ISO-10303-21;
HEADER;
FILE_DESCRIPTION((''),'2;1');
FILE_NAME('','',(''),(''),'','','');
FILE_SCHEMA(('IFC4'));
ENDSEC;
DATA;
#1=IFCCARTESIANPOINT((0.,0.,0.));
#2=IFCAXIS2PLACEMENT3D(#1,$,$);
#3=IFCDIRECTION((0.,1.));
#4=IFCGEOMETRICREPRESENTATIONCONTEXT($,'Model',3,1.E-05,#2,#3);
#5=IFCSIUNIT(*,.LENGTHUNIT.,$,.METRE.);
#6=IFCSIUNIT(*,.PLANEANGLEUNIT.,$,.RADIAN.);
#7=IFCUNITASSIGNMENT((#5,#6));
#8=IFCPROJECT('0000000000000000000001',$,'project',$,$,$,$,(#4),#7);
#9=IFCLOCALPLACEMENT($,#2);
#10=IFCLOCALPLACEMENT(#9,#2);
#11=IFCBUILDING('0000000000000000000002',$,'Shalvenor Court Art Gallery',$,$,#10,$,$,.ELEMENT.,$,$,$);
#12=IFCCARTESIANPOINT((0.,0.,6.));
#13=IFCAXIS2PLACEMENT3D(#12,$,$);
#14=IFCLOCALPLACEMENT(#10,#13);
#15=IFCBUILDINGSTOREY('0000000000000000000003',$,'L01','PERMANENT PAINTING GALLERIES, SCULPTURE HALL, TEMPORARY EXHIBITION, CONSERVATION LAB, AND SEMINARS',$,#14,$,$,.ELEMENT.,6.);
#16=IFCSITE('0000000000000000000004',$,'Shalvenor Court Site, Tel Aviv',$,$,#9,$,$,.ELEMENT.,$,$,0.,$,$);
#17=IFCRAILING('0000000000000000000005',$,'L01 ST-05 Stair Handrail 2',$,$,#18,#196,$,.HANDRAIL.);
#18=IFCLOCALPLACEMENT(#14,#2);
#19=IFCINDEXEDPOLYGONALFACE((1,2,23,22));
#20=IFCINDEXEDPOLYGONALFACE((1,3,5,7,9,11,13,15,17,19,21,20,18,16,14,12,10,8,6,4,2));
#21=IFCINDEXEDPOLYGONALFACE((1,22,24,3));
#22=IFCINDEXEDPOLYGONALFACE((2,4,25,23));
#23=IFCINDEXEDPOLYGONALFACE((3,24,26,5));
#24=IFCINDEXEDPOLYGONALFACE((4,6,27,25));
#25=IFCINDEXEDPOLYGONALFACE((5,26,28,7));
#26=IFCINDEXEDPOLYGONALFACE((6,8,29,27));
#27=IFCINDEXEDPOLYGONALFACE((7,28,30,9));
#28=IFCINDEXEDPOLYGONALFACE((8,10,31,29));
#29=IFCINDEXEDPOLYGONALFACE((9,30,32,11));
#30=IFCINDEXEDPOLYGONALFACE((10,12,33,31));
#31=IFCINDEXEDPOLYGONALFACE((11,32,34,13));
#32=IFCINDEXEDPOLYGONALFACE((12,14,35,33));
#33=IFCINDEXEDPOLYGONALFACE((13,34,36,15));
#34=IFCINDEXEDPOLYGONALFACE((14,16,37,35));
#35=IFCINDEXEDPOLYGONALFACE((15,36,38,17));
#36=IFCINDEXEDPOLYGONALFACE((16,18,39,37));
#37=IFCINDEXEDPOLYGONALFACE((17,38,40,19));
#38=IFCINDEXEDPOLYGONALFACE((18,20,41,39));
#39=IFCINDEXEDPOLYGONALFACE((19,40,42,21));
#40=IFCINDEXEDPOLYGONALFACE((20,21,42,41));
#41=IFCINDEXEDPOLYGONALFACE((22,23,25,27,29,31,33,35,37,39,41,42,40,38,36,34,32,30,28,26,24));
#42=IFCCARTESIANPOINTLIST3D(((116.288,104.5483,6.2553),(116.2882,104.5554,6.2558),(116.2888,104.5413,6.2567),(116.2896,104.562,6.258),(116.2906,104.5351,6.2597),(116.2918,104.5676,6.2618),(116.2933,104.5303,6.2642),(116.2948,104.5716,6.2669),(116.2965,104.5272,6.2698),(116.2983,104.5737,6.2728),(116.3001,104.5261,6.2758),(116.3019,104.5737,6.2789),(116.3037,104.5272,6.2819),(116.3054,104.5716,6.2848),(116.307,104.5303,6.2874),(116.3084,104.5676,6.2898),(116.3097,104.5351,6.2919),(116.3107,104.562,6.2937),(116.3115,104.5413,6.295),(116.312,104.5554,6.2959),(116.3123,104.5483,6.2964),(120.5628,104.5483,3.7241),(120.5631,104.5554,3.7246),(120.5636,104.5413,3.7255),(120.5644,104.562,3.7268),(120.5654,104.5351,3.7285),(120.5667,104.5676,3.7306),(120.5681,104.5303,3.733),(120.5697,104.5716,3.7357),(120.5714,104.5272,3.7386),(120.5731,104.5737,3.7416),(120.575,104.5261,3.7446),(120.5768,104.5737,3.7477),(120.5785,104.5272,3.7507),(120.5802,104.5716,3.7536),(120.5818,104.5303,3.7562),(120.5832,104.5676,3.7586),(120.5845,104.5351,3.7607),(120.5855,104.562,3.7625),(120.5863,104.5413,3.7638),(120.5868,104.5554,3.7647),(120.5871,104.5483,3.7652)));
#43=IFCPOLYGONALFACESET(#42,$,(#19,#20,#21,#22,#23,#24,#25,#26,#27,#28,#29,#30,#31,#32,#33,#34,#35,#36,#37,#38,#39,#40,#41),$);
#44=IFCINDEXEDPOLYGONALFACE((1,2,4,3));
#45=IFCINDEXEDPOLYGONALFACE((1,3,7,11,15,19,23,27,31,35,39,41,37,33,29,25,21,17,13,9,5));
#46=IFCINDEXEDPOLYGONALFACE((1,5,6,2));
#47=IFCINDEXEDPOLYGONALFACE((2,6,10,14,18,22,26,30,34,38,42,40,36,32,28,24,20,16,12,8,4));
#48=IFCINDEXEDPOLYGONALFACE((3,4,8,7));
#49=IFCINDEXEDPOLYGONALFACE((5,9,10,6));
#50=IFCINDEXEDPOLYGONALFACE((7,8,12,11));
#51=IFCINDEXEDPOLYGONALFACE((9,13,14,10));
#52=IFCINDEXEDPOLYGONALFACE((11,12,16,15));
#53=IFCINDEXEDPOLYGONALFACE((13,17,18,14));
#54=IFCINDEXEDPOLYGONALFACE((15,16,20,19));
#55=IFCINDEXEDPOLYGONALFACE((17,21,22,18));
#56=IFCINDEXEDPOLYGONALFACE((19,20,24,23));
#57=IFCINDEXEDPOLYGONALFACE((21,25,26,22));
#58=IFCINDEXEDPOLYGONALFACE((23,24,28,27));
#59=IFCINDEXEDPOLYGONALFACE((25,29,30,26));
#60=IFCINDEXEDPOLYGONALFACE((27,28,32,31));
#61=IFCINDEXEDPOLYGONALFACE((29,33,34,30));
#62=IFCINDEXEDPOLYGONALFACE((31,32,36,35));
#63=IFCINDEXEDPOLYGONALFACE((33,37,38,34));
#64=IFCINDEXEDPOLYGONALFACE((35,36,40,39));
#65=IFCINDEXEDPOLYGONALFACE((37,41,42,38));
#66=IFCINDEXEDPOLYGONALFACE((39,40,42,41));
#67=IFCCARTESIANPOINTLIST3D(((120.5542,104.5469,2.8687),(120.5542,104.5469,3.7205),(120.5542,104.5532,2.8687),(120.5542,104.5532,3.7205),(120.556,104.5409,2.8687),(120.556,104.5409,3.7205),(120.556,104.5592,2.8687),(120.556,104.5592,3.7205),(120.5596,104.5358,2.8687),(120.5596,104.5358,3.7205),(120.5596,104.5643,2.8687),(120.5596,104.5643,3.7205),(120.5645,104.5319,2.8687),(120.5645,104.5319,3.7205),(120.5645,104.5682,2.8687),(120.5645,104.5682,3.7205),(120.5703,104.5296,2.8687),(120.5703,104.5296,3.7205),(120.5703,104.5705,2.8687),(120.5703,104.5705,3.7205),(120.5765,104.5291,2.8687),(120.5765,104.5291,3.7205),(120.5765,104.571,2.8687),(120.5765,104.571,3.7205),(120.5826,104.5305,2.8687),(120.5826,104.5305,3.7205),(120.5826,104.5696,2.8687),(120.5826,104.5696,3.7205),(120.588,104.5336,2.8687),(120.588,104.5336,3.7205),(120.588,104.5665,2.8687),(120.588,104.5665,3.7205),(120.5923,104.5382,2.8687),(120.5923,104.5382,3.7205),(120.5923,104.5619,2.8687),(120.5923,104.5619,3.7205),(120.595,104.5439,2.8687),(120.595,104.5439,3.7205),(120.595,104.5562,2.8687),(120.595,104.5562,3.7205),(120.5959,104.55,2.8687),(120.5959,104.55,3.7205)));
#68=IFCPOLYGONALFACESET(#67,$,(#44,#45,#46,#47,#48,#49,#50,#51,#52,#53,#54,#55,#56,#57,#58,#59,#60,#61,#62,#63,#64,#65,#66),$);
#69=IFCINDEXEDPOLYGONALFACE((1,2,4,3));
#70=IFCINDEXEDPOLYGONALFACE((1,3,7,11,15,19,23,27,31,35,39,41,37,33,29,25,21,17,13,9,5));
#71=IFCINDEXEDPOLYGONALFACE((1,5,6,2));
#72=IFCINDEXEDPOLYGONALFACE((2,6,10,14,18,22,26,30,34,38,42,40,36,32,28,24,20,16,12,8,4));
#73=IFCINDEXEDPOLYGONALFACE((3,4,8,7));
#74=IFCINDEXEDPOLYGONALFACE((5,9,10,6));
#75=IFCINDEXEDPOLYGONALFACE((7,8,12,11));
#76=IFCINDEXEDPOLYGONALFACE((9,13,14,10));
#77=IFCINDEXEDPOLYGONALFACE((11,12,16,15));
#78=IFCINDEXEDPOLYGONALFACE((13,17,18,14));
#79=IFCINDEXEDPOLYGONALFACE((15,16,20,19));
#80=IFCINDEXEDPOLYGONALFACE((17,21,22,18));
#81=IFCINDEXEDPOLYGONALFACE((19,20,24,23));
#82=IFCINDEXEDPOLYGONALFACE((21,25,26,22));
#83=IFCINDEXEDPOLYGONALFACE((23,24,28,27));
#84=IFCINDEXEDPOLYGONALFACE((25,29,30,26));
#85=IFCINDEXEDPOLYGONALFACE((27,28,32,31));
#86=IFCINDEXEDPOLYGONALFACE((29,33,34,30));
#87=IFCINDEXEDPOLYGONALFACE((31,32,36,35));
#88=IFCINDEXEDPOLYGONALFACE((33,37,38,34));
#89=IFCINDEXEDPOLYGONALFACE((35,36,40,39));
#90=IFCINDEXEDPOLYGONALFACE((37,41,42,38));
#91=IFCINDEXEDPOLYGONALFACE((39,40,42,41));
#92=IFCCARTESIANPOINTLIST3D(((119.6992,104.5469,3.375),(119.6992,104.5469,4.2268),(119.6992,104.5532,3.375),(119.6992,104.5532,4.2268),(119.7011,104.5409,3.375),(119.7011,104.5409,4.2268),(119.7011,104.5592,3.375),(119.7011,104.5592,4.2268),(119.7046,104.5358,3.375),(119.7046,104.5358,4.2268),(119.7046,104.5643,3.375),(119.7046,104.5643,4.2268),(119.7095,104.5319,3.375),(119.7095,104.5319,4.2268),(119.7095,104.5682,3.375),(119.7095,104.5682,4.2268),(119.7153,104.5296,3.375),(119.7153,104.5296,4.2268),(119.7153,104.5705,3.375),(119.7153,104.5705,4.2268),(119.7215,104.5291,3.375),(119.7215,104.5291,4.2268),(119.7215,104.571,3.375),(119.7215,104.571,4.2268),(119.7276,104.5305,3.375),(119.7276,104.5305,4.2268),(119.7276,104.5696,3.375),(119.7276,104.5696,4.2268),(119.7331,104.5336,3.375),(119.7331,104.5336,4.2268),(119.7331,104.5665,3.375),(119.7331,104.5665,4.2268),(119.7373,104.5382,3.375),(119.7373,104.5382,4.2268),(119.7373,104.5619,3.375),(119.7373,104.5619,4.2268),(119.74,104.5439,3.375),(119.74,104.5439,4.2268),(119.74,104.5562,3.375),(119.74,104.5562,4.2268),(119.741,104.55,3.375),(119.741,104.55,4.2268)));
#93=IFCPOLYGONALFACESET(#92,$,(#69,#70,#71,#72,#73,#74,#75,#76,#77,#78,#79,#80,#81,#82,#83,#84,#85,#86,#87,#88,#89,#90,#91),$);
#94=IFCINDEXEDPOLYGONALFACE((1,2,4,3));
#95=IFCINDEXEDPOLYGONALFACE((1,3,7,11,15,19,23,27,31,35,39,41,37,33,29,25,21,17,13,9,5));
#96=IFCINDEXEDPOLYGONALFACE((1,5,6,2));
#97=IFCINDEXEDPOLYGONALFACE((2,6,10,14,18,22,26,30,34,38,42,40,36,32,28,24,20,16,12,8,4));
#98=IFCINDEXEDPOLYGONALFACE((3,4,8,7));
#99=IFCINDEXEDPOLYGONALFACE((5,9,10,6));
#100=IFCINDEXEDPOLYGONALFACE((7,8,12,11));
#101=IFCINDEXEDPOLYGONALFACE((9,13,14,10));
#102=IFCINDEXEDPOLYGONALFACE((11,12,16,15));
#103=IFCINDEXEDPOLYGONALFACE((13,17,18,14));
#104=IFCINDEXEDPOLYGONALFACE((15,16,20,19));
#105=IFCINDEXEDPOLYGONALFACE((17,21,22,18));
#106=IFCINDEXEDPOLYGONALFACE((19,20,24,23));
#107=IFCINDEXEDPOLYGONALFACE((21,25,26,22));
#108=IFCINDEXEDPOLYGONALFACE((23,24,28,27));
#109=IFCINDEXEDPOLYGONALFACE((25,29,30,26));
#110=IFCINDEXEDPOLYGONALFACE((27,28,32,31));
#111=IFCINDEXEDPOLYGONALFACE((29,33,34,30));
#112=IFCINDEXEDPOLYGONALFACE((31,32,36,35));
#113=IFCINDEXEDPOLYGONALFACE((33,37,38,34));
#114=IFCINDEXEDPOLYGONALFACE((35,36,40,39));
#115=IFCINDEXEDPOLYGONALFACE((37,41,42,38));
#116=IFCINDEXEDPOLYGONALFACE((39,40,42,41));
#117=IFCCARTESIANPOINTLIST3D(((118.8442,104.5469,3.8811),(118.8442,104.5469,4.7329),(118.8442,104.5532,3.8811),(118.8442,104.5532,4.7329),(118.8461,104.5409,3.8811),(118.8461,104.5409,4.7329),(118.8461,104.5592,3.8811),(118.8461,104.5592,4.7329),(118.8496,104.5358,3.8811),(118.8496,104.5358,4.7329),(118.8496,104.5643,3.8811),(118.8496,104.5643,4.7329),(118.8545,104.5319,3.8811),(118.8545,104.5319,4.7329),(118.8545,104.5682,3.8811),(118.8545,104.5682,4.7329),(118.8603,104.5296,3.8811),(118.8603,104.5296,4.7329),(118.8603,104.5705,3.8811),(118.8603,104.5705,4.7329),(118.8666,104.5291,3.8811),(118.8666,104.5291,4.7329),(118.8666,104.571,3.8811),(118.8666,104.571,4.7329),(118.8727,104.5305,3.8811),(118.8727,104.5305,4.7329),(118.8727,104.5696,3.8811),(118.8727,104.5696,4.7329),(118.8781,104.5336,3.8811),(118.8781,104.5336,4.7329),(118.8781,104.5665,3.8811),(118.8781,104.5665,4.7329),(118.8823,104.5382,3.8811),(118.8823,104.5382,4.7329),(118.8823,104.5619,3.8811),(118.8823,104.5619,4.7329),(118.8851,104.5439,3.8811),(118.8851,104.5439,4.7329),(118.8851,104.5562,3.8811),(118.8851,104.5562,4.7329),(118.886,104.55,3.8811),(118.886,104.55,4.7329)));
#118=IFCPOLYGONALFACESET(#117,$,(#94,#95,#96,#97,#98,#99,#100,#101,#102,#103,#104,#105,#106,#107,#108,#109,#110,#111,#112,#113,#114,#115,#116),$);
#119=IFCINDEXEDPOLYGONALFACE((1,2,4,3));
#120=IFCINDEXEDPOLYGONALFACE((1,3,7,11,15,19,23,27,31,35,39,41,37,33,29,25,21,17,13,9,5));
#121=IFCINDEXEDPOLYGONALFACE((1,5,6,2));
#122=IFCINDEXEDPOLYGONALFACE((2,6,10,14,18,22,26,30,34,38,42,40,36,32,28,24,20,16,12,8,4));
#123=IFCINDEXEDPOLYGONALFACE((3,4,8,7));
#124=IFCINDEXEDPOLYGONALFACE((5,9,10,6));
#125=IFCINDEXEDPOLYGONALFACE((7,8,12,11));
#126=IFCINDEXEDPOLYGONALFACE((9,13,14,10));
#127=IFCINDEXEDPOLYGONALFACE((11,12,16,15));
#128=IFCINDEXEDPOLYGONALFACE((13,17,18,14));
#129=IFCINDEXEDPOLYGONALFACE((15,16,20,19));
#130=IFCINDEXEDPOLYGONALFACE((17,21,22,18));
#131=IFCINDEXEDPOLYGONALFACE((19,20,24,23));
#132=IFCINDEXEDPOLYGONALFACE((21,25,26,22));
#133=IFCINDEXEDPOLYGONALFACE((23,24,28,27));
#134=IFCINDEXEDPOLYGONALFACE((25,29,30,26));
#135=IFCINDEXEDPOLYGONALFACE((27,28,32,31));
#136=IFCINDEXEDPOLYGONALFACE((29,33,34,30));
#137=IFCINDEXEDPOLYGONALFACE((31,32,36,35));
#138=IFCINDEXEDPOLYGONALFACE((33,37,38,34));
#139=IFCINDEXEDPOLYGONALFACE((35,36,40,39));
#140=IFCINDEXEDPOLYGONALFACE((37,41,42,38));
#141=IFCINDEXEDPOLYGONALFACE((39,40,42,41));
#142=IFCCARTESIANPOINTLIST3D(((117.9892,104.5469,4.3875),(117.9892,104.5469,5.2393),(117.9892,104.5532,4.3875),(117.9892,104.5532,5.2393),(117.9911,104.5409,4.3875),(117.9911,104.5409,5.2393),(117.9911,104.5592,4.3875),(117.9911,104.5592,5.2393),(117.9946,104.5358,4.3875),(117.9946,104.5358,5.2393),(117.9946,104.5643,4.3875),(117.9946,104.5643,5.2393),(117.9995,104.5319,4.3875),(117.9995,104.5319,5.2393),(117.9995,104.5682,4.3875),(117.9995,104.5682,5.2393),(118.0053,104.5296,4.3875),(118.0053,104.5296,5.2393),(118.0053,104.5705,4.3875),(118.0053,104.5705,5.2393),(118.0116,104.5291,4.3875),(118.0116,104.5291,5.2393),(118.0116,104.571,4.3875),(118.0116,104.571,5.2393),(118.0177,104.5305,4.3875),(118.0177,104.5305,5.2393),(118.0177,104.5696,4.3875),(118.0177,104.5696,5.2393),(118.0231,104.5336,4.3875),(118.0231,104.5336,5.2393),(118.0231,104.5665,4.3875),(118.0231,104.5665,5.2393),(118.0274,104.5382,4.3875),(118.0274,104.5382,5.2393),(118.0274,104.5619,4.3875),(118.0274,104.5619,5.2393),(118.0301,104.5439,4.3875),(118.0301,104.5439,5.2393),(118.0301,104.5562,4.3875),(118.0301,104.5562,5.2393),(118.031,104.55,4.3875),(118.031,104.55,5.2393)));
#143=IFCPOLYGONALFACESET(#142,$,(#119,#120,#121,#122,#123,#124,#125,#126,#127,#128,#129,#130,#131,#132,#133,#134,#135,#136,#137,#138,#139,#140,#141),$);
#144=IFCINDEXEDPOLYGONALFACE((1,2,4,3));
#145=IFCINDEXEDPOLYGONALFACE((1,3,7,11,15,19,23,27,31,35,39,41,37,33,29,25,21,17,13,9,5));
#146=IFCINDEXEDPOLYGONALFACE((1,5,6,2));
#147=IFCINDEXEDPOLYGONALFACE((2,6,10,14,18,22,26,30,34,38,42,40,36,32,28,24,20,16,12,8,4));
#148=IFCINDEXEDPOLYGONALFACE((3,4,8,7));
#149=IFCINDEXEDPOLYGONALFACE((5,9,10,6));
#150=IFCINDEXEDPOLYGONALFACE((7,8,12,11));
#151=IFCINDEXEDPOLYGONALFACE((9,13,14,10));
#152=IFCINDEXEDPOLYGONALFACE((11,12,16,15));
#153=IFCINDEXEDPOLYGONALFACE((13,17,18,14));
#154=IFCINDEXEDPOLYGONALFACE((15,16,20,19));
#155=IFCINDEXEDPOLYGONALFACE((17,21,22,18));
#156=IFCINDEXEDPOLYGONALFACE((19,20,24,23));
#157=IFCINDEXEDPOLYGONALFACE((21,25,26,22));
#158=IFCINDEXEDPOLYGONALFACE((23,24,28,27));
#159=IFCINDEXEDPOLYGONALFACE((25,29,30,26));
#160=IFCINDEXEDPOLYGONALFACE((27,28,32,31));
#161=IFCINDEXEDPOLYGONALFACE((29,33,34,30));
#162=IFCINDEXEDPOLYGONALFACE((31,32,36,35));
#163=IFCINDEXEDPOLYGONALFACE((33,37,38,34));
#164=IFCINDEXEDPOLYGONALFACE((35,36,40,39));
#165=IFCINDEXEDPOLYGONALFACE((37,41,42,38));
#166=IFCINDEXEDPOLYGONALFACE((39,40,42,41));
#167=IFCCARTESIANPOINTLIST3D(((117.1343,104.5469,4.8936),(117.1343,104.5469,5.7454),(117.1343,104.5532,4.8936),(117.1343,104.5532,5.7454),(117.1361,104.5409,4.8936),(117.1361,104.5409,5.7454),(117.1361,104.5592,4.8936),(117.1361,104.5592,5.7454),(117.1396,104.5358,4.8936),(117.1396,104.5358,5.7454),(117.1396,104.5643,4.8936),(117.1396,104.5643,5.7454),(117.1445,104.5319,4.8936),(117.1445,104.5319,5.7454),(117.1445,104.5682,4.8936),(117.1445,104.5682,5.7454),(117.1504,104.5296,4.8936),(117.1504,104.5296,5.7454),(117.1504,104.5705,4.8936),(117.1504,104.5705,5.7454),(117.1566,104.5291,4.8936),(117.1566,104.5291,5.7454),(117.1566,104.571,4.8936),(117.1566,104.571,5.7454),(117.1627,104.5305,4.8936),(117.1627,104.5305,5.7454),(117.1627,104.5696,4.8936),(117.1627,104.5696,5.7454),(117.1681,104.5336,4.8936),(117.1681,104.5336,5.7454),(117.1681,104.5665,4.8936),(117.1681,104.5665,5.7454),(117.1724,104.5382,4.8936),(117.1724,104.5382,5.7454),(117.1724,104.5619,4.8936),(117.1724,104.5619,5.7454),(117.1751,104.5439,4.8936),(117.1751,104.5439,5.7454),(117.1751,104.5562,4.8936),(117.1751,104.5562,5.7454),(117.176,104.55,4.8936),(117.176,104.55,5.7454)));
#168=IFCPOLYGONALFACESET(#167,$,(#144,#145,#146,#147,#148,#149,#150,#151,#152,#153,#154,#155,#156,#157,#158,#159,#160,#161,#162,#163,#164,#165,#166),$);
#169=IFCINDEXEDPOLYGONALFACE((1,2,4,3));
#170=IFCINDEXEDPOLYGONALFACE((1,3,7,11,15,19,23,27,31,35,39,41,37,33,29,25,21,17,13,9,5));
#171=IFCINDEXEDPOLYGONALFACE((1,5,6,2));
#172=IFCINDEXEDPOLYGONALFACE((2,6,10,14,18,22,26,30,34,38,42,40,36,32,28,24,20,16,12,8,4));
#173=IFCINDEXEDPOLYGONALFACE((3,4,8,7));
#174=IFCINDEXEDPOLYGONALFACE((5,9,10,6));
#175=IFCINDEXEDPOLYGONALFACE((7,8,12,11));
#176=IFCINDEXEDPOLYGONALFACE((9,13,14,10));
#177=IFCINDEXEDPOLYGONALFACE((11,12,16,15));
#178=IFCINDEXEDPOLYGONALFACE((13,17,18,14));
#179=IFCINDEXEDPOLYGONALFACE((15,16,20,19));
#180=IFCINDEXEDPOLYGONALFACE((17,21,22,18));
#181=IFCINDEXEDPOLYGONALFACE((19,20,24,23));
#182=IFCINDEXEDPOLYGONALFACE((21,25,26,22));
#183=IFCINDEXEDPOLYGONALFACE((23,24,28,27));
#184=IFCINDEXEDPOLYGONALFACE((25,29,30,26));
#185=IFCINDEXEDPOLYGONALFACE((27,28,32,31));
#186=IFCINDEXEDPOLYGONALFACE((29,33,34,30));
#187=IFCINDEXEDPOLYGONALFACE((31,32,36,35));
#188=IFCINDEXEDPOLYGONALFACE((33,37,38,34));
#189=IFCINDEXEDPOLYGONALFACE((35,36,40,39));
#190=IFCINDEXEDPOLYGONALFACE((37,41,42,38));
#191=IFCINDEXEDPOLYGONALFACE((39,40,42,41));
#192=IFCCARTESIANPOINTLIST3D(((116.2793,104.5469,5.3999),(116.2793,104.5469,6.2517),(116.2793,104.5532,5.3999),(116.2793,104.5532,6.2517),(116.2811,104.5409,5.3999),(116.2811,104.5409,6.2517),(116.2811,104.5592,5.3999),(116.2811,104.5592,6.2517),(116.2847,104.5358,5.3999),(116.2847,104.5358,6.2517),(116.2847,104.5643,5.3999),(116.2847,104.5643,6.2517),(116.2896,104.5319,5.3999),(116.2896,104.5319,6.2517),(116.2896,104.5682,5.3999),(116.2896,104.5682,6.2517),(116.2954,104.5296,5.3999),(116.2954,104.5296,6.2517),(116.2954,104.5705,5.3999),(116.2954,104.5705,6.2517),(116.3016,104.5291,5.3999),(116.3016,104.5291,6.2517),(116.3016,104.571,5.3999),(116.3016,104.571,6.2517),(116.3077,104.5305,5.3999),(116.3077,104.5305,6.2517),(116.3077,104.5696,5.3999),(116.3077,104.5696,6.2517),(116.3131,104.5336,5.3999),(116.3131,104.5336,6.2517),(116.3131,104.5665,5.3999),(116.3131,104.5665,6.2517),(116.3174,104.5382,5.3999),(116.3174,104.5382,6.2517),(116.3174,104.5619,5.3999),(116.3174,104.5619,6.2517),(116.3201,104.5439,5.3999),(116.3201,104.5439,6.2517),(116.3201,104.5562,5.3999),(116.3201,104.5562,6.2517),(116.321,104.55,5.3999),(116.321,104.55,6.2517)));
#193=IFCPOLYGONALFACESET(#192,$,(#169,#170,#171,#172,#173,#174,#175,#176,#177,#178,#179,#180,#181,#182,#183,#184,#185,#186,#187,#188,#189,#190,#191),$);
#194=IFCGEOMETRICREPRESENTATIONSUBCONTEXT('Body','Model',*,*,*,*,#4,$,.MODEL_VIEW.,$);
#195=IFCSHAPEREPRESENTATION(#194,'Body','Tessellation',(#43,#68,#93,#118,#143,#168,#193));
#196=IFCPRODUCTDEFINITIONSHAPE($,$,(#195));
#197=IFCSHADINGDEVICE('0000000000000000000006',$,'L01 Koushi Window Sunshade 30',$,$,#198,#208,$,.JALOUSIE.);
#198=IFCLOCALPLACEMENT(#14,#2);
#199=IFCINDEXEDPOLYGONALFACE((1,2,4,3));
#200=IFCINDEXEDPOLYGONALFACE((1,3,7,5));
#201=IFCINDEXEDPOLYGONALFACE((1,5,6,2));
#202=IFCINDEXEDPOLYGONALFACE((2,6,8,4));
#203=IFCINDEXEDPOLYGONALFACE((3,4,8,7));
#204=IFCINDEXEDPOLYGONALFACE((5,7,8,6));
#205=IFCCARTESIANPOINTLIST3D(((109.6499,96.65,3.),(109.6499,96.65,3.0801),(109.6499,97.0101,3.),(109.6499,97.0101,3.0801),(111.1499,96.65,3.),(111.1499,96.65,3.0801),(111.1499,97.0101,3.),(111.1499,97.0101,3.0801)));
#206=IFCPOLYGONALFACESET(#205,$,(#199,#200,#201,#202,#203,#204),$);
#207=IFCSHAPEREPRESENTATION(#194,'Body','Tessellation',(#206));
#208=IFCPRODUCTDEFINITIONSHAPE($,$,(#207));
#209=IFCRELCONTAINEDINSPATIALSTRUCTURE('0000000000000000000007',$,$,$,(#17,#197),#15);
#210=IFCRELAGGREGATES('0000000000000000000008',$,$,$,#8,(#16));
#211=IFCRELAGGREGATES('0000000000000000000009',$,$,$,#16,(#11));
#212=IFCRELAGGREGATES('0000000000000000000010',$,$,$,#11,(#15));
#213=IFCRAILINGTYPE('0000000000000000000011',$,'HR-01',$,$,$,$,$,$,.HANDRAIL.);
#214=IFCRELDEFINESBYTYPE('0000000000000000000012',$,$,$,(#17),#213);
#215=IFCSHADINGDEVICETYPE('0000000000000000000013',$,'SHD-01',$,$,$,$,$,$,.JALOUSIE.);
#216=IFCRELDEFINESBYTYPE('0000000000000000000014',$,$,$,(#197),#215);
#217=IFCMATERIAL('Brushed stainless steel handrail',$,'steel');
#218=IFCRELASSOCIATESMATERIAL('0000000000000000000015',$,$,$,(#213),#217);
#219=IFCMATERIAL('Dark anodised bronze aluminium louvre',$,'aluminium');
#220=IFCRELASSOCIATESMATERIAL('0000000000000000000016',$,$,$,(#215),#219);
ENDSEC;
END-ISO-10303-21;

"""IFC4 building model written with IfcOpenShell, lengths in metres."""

from ifc_helpers import new_model, si_unit, direction, frame, origin, origin_2d, place, context, subcontext, project, spatial, rectangle, circle, extrude, material, type_object, element, save


model = new_model("IFC4")

# Units and contexts
model_context = context("Model", 3, precision=1e-05, world=origin(), true_north=direction((0.0, 1.0)))
body_context = subcontext(model_context, "Body", "Model", "MODEL_VIEW")
ifc_project = project(units=[si_unit("LENGTHUNIT", "METRE"), si_unit("PLANEANGLEUNIT", "RADIAN")], contexts=[model_context])

# Site, building, storey
site_placement = place(None, origin())
site = spatial("IfcSite", under=ifc_project, at=site_placement, Name="Shalvenor Court Site, Tel Aviv", CompositionType="ELEMENT", RefElevation=0.0)
building_placement = place(site_placement, origin())
building = spatial("IfcBuilding", under=site, at=building_placement, Name="Shalvenor Court Art Gallery", CompositionType="ELEMENT")
storey_placement = place(building_placement, frame((0.0, 0.0, 6.0)))
storey = spatial("IfcBuildingStorey", under=building, at=storey_placement, Name="L01", Description="PERMANENT PAINTING GALLERIES, SCULPTURE HALL, TEMPORARY EXHIBITION, CONSERVATION LAB, AND SEMINARS", CompositionType="ELEMENT", Elevation=6.0)

# Railing
ifc_material_1 = material(Name="Brushed stainless steel handrail", Category="steel")
railing_type_1 = type_object("IfcRailingType", Name="HR-01", PredefinedType="HANDRAIL", material=ifc_material_1)
railing_1_placement = place(storey_placement, frame((120.575, 104.55, 2.8687)))
element("IfcRailing", 1, at=railing_1_placement, inside=storey, type_object=railing_type_1, Name="L01 ST-05 Stair Handrail 2", PredefinedType="HANDRAIL", context=body_context, shape_type="SweptSolid", body=[
    extrude(circle(Radius=0.0239, at=origin_2d()), frame((0.0, 0.0, 0.876), z_axis=(-0.86047, 0.0, 0.509501), x_axis=(0.0, -1.0, 0.0)), (0.0, 0.0, 1.0), 4.968),
    extrude(circle(Radius=0.021, at=origin_2d()), origin(), (0.0, 0.0, 1.0), 0.8518),
    extrude(circle(Radius=0.021, at=origin_2d()), frame((-0.855, 0.0, 0.5063)), (0.0, 0.0, 1.0), 0.8518),
    extrude(circle(Radius=0.021, at=origin_2d()), frame((-1.71, 0.0, 1.0125)), (0.0, 0.0, 1.0), 0.8518),
    extrude(circle(Radius=0.021, at=origin_2d()), frame((-2.5649, 0.0, 1.5188)), (0.0, 0.0, 1.0), 0.8518),
    extrude(circle(Radius=0.021, at=origin_2d()), frame((-3.4199, 0.0, 2.0249)), (0.0, 0.0, 1.0), 0.8518),
    extrude(circle(Radius=0.021, at=origin_2d()), frame((-4.2749, 0.0, 2.5312)), (0.0, 0.0, 1.0), 0.8518),
])

# Shading device
ifc_material_2 = material(Name="Dark anodised bronze aluminium louvre", Category="aluminium")
shading_device_type = type_object("IfcShadingDeviceType", Name="SHD-01", PredefinedType="JALOUSIE", material=ifc_material_2)
shading_device_placement = place(storey_placement, frame((110.3999, 96.8301, 3.0), z_axis=(0.0, 0.0, 1.0), x_axis=(-1.0, 0.0, 0.0)))
element("IfcShadingDevice", 2, at=shading_device_placement, inside=storey, type_object=shading_device_type, Name="L01 Koushi Window Sunshade 30", PredefinedType="JALOUSIE", context=body_context, shape_type="SweptSolid", body=[
    extrude(rectangle(XDim=1.5, YDim=0.3601, at=origin_2d()), origin(), (0.0, 0.0, 1.0), 0.0801),
])

save(model, "model.ifc")
